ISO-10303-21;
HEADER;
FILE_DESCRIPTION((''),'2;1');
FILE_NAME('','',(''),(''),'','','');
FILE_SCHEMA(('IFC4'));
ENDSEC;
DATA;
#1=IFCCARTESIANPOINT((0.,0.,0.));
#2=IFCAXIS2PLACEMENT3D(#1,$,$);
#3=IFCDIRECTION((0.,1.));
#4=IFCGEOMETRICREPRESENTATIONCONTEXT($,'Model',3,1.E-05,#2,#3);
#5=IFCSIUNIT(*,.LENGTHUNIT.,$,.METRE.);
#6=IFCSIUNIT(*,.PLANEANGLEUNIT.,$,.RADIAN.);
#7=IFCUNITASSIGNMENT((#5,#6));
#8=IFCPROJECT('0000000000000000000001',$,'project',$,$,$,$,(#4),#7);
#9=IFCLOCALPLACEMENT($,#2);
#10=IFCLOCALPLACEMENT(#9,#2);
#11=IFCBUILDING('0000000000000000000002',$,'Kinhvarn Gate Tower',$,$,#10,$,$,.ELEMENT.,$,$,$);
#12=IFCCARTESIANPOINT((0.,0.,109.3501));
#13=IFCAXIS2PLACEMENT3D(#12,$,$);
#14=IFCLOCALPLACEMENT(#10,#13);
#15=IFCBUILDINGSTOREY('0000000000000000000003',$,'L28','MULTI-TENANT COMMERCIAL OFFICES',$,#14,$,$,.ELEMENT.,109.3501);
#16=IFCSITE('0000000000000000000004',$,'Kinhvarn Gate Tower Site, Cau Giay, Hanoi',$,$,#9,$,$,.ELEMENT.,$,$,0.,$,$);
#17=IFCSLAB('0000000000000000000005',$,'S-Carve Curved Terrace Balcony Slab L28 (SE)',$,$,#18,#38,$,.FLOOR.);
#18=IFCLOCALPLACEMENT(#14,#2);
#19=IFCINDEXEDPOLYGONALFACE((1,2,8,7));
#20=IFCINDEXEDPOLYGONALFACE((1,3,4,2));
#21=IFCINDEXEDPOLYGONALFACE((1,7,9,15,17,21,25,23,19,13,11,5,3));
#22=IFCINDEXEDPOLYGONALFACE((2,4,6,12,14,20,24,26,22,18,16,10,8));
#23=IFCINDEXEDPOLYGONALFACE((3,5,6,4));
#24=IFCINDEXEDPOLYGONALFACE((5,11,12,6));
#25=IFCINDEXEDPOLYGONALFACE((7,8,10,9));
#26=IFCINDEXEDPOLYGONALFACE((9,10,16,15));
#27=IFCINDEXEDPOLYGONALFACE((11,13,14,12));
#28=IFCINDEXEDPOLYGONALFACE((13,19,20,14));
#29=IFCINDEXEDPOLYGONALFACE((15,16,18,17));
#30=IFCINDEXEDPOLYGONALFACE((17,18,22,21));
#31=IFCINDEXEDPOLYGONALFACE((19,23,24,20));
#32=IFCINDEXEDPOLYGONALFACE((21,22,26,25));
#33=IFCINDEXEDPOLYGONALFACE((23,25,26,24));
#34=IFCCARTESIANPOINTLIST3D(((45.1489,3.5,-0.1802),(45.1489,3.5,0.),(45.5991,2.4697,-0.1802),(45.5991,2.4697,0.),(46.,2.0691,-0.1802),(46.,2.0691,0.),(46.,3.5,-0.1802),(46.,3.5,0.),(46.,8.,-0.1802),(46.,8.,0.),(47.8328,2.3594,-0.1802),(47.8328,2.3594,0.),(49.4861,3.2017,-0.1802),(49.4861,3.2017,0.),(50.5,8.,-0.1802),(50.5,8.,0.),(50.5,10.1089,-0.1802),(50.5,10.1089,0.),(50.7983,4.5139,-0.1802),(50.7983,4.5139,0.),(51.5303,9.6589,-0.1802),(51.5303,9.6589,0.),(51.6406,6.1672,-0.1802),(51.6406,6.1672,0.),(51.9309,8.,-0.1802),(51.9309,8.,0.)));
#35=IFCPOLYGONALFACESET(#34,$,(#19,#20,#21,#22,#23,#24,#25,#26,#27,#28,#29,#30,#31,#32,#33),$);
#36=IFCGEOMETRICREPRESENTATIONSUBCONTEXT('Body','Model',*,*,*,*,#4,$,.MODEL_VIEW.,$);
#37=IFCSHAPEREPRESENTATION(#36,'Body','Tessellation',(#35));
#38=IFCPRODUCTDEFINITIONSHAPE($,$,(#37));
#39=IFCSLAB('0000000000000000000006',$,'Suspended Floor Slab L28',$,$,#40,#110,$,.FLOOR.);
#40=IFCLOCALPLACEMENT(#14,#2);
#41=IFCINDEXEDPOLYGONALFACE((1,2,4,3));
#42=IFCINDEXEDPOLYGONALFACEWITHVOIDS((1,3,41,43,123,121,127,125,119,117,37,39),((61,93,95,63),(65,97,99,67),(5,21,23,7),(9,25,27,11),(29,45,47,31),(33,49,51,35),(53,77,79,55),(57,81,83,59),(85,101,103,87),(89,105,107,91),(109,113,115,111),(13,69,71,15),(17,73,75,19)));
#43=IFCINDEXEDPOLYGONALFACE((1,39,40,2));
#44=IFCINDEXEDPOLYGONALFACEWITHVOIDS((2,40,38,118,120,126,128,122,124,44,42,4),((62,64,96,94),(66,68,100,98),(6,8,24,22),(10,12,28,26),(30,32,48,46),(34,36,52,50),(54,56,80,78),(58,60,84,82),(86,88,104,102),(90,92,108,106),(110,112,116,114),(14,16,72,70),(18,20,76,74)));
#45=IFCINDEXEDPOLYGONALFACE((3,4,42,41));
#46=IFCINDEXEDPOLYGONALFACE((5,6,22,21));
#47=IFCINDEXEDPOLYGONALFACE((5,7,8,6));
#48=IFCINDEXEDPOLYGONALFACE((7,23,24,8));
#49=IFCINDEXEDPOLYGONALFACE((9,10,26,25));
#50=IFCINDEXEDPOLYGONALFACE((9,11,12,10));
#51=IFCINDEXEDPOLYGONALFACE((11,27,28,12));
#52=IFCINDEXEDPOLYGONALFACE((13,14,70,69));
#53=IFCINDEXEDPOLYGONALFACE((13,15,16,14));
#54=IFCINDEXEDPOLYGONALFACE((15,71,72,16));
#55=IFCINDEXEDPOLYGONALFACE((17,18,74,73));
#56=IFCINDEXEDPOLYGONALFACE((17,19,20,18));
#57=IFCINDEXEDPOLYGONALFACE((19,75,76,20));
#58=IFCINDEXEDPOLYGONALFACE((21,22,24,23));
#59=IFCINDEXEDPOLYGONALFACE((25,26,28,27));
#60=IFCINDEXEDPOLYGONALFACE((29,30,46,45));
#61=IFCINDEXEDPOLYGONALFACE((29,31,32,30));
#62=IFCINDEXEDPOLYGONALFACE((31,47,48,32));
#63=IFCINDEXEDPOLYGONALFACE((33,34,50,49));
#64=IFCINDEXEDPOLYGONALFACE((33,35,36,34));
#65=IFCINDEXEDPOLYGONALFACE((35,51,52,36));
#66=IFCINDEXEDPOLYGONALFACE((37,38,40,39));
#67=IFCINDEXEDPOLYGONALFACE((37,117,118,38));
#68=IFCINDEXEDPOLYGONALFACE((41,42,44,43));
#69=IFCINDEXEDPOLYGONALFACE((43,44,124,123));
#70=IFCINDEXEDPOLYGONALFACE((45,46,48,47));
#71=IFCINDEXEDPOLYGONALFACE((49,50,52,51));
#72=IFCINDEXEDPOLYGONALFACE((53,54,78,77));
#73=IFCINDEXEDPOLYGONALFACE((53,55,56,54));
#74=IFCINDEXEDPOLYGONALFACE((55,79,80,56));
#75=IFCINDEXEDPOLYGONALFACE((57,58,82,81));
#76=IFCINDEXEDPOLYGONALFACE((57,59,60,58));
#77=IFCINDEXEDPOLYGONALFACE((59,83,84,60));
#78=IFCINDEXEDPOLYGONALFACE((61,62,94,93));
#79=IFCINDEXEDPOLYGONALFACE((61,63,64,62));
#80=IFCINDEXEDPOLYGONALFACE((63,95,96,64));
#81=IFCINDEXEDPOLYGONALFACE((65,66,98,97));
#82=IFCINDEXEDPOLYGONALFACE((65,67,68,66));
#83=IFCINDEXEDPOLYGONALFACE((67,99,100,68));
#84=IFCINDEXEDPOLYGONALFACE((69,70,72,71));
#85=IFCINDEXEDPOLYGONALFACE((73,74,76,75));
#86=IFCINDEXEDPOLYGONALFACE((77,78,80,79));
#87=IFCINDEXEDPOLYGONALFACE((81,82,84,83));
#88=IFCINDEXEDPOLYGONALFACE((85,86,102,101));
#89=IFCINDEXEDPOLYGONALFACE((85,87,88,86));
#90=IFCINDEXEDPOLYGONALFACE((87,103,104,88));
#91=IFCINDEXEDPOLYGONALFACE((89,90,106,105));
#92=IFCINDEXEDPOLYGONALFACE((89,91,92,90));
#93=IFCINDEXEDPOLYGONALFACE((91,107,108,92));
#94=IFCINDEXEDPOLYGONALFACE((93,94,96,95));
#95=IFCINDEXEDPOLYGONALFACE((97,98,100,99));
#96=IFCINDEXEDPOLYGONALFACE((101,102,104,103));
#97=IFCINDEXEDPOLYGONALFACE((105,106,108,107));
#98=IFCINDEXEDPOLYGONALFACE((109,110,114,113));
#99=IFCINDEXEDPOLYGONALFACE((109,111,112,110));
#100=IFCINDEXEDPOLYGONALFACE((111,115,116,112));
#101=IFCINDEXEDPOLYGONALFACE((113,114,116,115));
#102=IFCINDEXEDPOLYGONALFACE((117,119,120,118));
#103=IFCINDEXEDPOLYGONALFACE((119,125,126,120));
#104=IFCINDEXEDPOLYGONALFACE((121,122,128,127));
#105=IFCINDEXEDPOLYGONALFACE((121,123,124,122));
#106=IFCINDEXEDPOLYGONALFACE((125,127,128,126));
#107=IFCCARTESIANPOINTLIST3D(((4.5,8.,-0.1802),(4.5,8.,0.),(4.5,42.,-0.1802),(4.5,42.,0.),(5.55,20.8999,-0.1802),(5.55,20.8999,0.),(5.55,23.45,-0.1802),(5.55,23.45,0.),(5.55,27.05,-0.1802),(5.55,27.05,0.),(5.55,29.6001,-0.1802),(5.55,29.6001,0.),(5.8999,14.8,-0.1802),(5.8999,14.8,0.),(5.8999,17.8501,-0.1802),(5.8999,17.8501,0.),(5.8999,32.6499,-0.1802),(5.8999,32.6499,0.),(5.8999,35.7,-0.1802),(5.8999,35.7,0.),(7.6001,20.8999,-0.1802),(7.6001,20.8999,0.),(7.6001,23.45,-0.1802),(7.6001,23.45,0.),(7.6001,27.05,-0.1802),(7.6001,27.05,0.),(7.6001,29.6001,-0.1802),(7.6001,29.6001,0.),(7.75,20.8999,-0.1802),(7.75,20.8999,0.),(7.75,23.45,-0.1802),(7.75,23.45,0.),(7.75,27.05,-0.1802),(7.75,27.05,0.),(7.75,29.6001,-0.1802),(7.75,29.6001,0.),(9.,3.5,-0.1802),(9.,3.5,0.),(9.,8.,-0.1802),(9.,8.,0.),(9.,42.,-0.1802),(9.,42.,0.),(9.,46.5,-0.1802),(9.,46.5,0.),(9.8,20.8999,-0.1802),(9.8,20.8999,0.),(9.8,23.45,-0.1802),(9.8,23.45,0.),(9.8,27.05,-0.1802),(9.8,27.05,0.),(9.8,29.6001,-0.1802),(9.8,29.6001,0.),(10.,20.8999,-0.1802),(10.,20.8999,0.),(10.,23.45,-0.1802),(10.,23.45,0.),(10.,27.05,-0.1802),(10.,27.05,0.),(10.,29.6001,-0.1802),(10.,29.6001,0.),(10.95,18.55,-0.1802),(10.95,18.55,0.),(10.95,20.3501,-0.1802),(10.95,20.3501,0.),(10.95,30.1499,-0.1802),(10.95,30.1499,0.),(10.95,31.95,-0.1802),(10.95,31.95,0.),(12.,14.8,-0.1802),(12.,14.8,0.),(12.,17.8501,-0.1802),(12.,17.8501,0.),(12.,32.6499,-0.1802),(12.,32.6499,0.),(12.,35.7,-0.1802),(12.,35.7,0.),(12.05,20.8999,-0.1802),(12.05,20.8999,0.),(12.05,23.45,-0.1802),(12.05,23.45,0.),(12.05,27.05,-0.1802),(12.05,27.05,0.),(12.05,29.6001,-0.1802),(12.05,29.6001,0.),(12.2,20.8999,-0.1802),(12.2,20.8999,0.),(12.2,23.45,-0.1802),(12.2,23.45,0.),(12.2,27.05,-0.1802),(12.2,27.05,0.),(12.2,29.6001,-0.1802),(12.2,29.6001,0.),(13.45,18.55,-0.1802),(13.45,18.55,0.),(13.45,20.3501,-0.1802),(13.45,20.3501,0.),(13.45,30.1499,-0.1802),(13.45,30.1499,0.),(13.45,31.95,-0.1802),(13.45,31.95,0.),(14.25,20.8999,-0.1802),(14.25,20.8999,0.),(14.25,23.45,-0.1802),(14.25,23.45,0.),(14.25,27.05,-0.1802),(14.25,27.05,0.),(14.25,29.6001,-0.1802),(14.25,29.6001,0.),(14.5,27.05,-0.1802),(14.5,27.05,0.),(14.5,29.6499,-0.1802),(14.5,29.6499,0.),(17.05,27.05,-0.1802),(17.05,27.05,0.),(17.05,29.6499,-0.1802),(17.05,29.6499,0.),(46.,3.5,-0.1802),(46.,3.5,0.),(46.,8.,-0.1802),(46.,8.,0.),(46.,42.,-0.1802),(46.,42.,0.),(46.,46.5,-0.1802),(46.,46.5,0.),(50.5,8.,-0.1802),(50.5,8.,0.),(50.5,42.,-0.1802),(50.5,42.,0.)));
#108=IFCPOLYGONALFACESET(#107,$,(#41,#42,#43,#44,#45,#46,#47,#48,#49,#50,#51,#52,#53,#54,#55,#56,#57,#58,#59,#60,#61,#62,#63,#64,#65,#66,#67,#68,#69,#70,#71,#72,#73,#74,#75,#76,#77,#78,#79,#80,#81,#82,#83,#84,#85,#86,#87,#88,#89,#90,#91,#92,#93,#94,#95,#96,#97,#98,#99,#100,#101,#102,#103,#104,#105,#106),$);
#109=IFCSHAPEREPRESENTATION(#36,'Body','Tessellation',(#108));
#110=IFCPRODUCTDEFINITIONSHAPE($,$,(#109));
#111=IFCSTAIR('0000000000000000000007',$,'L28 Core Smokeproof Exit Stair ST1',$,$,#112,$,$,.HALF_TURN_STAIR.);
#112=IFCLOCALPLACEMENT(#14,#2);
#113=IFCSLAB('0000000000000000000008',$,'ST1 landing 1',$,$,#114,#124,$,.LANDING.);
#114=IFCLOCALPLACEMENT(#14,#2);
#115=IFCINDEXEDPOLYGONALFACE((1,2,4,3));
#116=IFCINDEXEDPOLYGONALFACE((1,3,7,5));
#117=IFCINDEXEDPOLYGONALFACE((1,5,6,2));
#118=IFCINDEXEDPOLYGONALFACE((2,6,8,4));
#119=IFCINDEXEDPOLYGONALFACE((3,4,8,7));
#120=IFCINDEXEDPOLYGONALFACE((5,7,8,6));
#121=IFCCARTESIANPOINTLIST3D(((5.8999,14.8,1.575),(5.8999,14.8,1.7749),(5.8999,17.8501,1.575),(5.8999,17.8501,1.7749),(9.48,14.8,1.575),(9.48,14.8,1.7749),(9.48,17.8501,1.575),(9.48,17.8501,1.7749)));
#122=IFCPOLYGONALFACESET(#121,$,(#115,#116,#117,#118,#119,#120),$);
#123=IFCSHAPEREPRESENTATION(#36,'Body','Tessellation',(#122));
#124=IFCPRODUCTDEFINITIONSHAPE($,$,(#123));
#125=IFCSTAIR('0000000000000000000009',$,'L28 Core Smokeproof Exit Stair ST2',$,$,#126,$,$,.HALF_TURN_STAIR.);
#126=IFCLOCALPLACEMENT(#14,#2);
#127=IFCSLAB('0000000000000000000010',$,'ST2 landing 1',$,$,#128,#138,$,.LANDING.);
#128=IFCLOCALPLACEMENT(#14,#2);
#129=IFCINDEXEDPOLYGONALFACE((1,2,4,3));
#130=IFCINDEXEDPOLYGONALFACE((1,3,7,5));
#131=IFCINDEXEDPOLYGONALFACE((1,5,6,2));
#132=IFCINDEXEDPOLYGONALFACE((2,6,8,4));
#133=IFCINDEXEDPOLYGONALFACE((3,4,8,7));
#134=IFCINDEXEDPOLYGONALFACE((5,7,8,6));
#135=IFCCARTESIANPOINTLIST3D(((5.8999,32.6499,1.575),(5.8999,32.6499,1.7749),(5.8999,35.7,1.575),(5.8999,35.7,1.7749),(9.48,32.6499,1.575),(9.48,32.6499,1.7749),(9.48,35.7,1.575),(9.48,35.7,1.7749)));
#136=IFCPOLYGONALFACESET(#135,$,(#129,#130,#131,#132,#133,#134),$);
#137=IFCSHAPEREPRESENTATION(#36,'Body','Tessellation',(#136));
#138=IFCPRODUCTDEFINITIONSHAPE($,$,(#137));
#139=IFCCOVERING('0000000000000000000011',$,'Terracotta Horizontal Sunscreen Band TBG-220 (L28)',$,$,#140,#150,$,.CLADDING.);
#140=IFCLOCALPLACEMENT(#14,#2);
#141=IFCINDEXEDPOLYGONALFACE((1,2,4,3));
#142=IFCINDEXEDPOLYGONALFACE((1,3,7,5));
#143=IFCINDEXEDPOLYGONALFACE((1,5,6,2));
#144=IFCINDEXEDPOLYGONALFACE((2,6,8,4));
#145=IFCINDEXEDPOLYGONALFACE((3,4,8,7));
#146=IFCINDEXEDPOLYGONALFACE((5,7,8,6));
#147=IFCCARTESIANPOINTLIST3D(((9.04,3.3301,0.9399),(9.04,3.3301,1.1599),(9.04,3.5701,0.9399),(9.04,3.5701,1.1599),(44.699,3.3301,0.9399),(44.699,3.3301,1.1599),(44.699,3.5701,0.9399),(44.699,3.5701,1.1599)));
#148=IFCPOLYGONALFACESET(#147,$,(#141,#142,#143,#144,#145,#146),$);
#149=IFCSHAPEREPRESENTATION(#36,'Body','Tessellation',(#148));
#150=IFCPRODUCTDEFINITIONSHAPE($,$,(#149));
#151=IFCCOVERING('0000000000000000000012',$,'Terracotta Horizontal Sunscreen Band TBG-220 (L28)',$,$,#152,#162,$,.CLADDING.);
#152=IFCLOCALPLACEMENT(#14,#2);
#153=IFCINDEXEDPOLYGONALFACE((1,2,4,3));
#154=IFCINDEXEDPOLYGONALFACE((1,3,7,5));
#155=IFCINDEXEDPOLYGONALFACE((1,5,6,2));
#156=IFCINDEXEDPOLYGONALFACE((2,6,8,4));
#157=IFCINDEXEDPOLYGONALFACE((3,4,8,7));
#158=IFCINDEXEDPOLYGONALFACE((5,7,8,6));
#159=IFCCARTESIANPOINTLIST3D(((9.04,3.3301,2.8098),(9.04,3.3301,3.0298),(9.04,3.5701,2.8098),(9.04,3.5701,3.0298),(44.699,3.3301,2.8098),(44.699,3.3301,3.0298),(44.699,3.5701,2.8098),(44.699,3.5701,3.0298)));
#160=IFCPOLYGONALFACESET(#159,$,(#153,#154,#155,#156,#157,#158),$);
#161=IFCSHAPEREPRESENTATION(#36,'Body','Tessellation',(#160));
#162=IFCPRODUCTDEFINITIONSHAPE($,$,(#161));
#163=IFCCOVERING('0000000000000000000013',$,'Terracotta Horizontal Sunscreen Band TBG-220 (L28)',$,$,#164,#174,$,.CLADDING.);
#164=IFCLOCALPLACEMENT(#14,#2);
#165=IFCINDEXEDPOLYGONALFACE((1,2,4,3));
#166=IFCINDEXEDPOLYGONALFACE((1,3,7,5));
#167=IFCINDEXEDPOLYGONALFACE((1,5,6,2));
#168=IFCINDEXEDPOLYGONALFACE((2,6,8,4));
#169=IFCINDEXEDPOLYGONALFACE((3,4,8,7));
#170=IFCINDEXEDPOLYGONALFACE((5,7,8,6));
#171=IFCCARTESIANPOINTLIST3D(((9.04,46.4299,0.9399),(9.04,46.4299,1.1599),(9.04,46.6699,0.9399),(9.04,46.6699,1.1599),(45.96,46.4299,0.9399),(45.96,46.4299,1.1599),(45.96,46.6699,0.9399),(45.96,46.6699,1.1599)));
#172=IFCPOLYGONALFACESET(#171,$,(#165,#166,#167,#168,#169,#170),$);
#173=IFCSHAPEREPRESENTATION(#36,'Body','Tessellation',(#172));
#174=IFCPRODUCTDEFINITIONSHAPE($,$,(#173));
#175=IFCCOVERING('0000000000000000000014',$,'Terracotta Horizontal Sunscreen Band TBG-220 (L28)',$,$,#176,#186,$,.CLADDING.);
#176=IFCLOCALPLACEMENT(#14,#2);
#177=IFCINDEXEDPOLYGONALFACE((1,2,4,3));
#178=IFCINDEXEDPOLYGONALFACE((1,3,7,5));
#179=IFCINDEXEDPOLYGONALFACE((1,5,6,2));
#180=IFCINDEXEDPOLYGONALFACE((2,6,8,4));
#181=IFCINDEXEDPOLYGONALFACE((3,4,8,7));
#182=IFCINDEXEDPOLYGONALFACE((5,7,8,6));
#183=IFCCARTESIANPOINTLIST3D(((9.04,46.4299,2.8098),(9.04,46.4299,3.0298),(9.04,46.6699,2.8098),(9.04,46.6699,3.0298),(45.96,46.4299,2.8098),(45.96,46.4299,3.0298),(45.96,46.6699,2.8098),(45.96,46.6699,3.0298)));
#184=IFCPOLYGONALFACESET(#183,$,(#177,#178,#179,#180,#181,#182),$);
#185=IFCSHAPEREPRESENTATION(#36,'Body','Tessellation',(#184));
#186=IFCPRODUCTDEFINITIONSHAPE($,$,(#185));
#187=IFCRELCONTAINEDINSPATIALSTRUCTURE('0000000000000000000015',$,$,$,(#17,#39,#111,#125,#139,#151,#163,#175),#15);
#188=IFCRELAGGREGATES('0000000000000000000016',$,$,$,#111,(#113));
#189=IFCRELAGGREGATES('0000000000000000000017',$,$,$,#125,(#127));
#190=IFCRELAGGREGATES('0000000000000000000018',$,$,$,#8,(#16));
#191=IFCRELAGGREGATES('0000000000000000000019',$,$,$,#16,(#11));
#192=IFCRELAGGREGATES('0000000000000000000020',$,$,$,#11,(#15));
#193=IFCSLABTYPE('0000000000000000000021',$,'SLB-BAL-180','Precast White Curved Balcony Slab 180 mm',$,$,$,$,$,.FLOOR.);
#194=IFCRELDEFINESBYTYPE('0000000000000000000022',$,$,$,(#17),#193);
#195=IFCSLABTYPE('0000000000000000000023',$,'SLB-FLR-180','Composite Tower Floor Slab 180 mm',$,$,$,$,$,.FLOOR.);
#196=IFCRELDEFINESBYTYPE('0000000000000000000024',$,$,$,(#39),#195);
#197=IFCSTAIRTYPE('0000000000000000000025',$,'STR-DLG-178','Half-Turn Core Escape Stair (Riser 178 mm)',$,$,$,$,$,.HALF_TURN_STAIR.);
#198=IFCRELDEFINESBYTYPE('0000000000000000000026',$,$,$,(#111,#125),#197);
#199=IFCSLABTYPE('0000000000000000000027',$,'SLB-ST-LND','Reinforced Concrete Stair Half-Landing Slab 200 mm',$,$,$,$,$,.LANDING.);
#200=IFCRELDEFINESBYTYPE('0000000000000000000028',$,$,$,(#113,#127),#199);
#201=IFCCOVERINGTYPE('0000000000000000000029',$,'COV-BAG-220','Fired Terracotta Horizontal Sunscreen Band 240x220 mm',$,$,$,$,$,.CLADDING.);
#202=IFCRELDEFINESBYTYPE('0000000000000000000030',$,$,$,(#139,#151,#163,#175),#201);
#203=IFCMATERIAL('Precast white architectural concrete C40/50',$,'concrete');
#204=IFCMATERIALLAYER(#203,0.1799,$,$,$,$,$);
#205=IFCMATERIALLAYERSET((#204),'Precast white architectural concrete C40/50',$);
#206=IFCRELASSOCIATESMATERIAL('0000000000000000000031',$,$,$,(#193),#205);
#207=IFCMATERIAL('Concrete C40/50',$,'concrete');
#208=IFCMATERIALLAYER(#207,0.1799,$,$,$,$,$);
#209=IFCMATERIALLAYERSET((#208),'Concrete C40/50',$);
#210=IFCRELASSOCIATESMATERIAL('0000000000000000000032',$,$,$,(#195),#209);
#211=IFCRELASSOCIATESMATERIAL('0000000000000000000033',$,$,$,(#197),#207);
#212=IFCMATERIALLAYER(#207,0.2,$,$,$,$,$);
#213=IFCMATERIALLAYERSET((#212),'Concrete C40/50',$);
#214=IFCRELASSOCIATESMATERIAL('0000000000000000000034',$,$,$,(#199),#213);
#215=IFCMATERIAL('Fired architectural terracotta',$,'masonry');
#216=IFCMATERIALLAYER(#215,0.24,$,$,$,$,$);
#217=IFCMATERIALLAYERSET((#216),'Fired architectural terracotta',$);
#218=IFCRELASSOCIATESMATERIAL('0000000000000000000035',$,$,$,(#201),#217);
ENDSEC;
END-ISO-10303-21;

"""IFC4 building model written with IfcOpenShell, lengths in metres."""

from ifc_helpers import new_model, si_unit, direction, frame, origin, place, context, subcontext, project, spatial, polyline, outline, extrude, material, layer, layer_set, type_object, element, aggregate, save


model = new_model("IFC4")

# Units and contexts
model_context = context("Model", 3, precision=1e-05, world=origin(), true_north=direction((0.0, 1.0)))
body_context = subcontext(model_context, "Body", "Model", "MODEL_VIEW")
ifc_project = project(units=[si_unit("LENGTHUNIT", "METRE"), si_unit("PLANEANGLEUNIT", "RADIAN")], contexts=[model_context])

# Site, building, storey
site_placement = place(None, origin())
site = spatial("IfcSite", under=ifc_project, at=site_placement, Name="Kinhvarn Gate Tower Site, Cau Giay, Hanoi", CompositionType="ELEMENT", RefElevation=0.0)
building_placement = place(site_placement, origin())
building = spatial("IfcBuilding", under=site, at=building_placement, Name="Kinhvarn Gate Tower", CompositionType="ELEMENT")
storey_placement = place(building_placement, frame((0.0, 0.0, 109.3501)))
storey = spatial("IfcBuildingStorey", under=building, at=storey_placement, Name="L28", Description="MULTI-TENANT COMMERCIAL OFFICES", CompositionType="ELEMENT", Elevation=109.3501)

# Slabs
ifc_material_1 = material(Name="Precast white architectural concrete C40/50", Category="concrete")
ifc_layer_1 = layer(ifc_material_1, 0.1799)
ifc_layer_set_1 = layer_set([ifc_layer_1], Name="Precast white architectural concrete C40/50")
slab_type_1 = type_object("IfcSlabType", Name="SLB-BAL-180", Description="Precast White Curved Balcony Slab 180 mm", PredefinedType="FLOOR", material=ifc_layer_set_1)
slab_1_placement = place(storey_placement, frame((0.0, 0.0, -0.1802)))
element("IfcSlab", 1, at=slab_1_placement, inside=storey, type_object=slab_type_1, Name="S-Carve Curved Terrace Balcony Slab L28 (SE)", PredefinedType="FLOOR", context=body_context, shape_type="SweptSolid", body=[
    extrude(outline(polyline([(45.1489, 3.5), (45.5991, 2.4697), (46.0, 2.0691), (47.8328, 2.3594), (49.4861, 3.2017), (50.7983, 4.5139), (51.6406, 6.1672), (51.9309, 8.0), (51.5303, 9.6589), (50.5, 10.1089), (50.5, 8.0), (46.0, 8.0), (46.0, 3.5), (45.1489, 3.5)])), origin(), (0.0, 0.0, 1.0), 0.1802),
])
ifc_material_2 = material(Name="Concrete C40/50", Category="concrete")
ifc_layer_2 = layer(ifc_material_2, 0.1799)
ifc_layer_set_2 = layer_set([ifc_layer_2], Name="Concrete C40/50")
slab_type_2 = type_object("IfcSlabType", Name="SLB-FLR-180", Description="Composite Tower Floor Slab 180 mm", PredefinedType="FLOOR", material=ifc_layer_set_2)
slab_2_placement = place(storey_placement, frame((0.0, 0.0, -0.1802)))
element("IfcSlab", 2, at=slab_2_placement, inside=storey, type_object=slab_type_2, Name="Suspended Floor Slab L28", PredefinedType="FLOOR", context=body_context, shape_type="SweptSolid", body=[
    extrude(outline(polyline([(9.0, 3.5), (46.0, 3.5), (46.0, 8.0), (50.5, 8.0), (50.5, 42.0), (46.0, 42.0), (46.0, 46.5), (9.0, 46.5), (9.0, 42.0), (4.5, 42.0), (4.5, 8.0), (9.0, 8.0), (9.0, 3.5)]), holes=[polyline([(5.8999, 14.8), (12.0, 14.8), (12.0, 17.8501), (5.8999, 17.8501), (5.8999, 14.8)]), polyline([(5.8999, 32.6499), (12.0, 32.6499), (12.0, 35.7), (5.8999, 35.7), (5.8999, 32.6499)]), polyline([(5.55, 20.8999), (7.6001, 20.8999), (7.6001, 23.45), (5.55, 23.45), (5.55, 20.8999)]), polyline([(7.75, 20.8999), (9.8, 20.8999), (9.8, 23.45), (7.75, 23.45), (7.75, 20.8999)]), polyline([(5.55, 27.05), (7.6001, 27.05), (7.6001, 29.6001), (5.55, 29.6001), (5.55, 27.05)]), polyline([(7.75, 27.05), (9.8, 27.05), (9.8, 29.6001), (7.75, 29.6001), (7.75, 27.05)]), polyline([(10.0, 20.8999), (12.05, 20.8999), (12.05, 23.45), (10.0, 23.45), (10.0, 20.8999)]), polyline([(12.2, 20.8999), (14.25, 20.8999), (14.25, 23.45), (12.2, 23.45), (12.2, 20.8999)]), polyline([(10.0, 27.05), (12.05, 27.05), (12.05, 29.6001), (10.0, 29.6001), (10.0, 27.05)]), polyline([(12.2, 27.05), (14.25, 27.05), (14.25, 29.6001), (12.2, 29.6001), (12.2, 27.05)]), polyline([(14.5, 27.05), (17.05, 27.05), (17.05, 29.6499), (14.5, 29.6499), (14.5, 27.05)]), polyline([(10.95, 18.55), (13.45, 18.55), (13.45, 20.3501), (10.95, 20.3501), (10.95, 18.55)]), polyline([(10.95, 30.1499), (13.45, 30.1499), (13.45, 31.95), (10.95, 31.95), (10.95, 30.1499)])]), origin(), (0.0, 0.0, 1.0), 0.1802),
])

# Stairs, slabs
stair_type = type_object("IfcStairType", Name="STR-DLG-178", Description="Half-Turn Core Escape Stair (Riser 178 mm)", PredefinedType="HALF_TURN_STAIR", material=ifc_material_2)
stair_1_placement = place(storey_placement, origin())
stair_1 = element("IfcStair", 3, at=stair_1_placement, inside=storey, type_object=stair_type, Name="L28 Core Smokeproof Exit Stair ST1", PredefinedType="HALF_TURN_STAIR")
ifc_layer_3 = layer(ifc_material_2, 0.2)
ifc_layer_set_3 = layer_set([ifc_layer_3], Name="Concrete C40/50")
slab_type_3 = type_object("IfcSlabType", Name="SLB-ST-LND", Description="Reinforced Concrete Stair Half-Landing Slab 200 mm", PredefinedType="LANDING", material=ifc_layer_set_3)
slab_3_placement = place(storey_placement, frame((0.0, 0.0, 1.575)))
slab_3 = element("IfcSlab", 4, at=slab_3_placement, type_object=slab_type_3, Name="ST1 landing 1", PredefinedType="LANDING", context=body_context, shape_type="SweptSolid", body=[
    extrude(outline(polyline([(9.48, 17.8501), (5.8999, 17.8501), (5.8999, 14.8), (9.48, 14.8), (9.48, 17.8501)])), origin(), (0.0, 0.0, 1.0), 0.2),
])
aggregate(stair_1, [slab_3])
stair_2_placement = place(storey_placement, origin())
stair_2 = element("IfcStair", 5, at=stair_2_placement, inside=storey, type_object=stair_type, Name="L28 Core Smokeproof Exit Stair ST2", PredefinedType="HALF_TURN_STAIR")
slab_4_placement = place(storey_placement, frame((0.0, 0.0, 1.575)))
slab_4 = element("IfcSlab", 6, at=slab_4_placement, type_object=slab_type_3, Name="ST2 landing 1", PredefinedType="LANDING", context=body_context, shape_type="SweptSolid", body=[
    extrude(outline(polyline([(9.48, 35.7), (5.8999, 35.7), (5.8999, 32.6499), (9.48, 32.6499), (9.48, 35.7)])), origin(), (0.0, 0.0, 1.0), 0.2),
])
aggregate(stair_2, [slab_4])

# Coverings
ifc_material_3 = material(Name="Fired architectural terracotta", Category="masonry")
ifc_layer_4 = layer(ifc_material_3, 0.24)
ifc_layer_set_4 = layer_set([ifc_layer_4], Name="Fired architectural terracotta")
covering_type_1 = type_object("IfcCoveringType", Name="COV-BAG-220", Description="Fired Terracotta Horizontal Sunscreen Band 240x220 mm", PredefinedType="CLADDING", material=ifc_layer_set_4)
for number, where, name in (
    (7, (0.0, 0.0, 0.9399), "Terracotta Horizontal Sunscreen Band TBG-220 (L28)"),
    (8, (0.0, 0.0, 2.8098), "Terracotta Horizontal Sunscreen Band TBG-220 (L28)"),
):
    element("IfcCovering", number, at=place(storey_placement, frame(where)), inside=storey, type_object=covering_type_1, Name=name, PredefinedType="CLADDING", context=body_context, shape_type="SweptSolid", body=[
        extrude(outline(polyline([(9.04, 3.5701), (44.699, 3.5701), (44.699, 3.3301), (9.04, 3.3301), (9.04, 3.5701)])), origin(), (0.0, 0.0, 1.0), 0.22),
    ])
for number, where, name in (
    (9, (0.0, 0.0, 0.9399), "Terracotta Horizontal Sunscreen Band TBG-220 (L28)"),
    (10, (0.0, 0.0, 2.8098), "Terracotta Horizontal Sunscreen Band TBG-220 (L28)"),
):
    element("IfcCovering", number, at=place(storey_placement, frame(where)), inside=storey, type_object=covering_type_1, Name=name, PredefinedType="CLADDING", context=body_context, shape_type="SweptSolid", body=[
        extrude(outline(polyline([(45.96, 46.4299), (9.04, 46.4299), (9.04, 46.6699), (45.96, 46.6699), (45.96, 46.4299)])), origin(), (0.0, 0.0, 1.0), 0.22),
    ])

save(model, "model.ifc")
